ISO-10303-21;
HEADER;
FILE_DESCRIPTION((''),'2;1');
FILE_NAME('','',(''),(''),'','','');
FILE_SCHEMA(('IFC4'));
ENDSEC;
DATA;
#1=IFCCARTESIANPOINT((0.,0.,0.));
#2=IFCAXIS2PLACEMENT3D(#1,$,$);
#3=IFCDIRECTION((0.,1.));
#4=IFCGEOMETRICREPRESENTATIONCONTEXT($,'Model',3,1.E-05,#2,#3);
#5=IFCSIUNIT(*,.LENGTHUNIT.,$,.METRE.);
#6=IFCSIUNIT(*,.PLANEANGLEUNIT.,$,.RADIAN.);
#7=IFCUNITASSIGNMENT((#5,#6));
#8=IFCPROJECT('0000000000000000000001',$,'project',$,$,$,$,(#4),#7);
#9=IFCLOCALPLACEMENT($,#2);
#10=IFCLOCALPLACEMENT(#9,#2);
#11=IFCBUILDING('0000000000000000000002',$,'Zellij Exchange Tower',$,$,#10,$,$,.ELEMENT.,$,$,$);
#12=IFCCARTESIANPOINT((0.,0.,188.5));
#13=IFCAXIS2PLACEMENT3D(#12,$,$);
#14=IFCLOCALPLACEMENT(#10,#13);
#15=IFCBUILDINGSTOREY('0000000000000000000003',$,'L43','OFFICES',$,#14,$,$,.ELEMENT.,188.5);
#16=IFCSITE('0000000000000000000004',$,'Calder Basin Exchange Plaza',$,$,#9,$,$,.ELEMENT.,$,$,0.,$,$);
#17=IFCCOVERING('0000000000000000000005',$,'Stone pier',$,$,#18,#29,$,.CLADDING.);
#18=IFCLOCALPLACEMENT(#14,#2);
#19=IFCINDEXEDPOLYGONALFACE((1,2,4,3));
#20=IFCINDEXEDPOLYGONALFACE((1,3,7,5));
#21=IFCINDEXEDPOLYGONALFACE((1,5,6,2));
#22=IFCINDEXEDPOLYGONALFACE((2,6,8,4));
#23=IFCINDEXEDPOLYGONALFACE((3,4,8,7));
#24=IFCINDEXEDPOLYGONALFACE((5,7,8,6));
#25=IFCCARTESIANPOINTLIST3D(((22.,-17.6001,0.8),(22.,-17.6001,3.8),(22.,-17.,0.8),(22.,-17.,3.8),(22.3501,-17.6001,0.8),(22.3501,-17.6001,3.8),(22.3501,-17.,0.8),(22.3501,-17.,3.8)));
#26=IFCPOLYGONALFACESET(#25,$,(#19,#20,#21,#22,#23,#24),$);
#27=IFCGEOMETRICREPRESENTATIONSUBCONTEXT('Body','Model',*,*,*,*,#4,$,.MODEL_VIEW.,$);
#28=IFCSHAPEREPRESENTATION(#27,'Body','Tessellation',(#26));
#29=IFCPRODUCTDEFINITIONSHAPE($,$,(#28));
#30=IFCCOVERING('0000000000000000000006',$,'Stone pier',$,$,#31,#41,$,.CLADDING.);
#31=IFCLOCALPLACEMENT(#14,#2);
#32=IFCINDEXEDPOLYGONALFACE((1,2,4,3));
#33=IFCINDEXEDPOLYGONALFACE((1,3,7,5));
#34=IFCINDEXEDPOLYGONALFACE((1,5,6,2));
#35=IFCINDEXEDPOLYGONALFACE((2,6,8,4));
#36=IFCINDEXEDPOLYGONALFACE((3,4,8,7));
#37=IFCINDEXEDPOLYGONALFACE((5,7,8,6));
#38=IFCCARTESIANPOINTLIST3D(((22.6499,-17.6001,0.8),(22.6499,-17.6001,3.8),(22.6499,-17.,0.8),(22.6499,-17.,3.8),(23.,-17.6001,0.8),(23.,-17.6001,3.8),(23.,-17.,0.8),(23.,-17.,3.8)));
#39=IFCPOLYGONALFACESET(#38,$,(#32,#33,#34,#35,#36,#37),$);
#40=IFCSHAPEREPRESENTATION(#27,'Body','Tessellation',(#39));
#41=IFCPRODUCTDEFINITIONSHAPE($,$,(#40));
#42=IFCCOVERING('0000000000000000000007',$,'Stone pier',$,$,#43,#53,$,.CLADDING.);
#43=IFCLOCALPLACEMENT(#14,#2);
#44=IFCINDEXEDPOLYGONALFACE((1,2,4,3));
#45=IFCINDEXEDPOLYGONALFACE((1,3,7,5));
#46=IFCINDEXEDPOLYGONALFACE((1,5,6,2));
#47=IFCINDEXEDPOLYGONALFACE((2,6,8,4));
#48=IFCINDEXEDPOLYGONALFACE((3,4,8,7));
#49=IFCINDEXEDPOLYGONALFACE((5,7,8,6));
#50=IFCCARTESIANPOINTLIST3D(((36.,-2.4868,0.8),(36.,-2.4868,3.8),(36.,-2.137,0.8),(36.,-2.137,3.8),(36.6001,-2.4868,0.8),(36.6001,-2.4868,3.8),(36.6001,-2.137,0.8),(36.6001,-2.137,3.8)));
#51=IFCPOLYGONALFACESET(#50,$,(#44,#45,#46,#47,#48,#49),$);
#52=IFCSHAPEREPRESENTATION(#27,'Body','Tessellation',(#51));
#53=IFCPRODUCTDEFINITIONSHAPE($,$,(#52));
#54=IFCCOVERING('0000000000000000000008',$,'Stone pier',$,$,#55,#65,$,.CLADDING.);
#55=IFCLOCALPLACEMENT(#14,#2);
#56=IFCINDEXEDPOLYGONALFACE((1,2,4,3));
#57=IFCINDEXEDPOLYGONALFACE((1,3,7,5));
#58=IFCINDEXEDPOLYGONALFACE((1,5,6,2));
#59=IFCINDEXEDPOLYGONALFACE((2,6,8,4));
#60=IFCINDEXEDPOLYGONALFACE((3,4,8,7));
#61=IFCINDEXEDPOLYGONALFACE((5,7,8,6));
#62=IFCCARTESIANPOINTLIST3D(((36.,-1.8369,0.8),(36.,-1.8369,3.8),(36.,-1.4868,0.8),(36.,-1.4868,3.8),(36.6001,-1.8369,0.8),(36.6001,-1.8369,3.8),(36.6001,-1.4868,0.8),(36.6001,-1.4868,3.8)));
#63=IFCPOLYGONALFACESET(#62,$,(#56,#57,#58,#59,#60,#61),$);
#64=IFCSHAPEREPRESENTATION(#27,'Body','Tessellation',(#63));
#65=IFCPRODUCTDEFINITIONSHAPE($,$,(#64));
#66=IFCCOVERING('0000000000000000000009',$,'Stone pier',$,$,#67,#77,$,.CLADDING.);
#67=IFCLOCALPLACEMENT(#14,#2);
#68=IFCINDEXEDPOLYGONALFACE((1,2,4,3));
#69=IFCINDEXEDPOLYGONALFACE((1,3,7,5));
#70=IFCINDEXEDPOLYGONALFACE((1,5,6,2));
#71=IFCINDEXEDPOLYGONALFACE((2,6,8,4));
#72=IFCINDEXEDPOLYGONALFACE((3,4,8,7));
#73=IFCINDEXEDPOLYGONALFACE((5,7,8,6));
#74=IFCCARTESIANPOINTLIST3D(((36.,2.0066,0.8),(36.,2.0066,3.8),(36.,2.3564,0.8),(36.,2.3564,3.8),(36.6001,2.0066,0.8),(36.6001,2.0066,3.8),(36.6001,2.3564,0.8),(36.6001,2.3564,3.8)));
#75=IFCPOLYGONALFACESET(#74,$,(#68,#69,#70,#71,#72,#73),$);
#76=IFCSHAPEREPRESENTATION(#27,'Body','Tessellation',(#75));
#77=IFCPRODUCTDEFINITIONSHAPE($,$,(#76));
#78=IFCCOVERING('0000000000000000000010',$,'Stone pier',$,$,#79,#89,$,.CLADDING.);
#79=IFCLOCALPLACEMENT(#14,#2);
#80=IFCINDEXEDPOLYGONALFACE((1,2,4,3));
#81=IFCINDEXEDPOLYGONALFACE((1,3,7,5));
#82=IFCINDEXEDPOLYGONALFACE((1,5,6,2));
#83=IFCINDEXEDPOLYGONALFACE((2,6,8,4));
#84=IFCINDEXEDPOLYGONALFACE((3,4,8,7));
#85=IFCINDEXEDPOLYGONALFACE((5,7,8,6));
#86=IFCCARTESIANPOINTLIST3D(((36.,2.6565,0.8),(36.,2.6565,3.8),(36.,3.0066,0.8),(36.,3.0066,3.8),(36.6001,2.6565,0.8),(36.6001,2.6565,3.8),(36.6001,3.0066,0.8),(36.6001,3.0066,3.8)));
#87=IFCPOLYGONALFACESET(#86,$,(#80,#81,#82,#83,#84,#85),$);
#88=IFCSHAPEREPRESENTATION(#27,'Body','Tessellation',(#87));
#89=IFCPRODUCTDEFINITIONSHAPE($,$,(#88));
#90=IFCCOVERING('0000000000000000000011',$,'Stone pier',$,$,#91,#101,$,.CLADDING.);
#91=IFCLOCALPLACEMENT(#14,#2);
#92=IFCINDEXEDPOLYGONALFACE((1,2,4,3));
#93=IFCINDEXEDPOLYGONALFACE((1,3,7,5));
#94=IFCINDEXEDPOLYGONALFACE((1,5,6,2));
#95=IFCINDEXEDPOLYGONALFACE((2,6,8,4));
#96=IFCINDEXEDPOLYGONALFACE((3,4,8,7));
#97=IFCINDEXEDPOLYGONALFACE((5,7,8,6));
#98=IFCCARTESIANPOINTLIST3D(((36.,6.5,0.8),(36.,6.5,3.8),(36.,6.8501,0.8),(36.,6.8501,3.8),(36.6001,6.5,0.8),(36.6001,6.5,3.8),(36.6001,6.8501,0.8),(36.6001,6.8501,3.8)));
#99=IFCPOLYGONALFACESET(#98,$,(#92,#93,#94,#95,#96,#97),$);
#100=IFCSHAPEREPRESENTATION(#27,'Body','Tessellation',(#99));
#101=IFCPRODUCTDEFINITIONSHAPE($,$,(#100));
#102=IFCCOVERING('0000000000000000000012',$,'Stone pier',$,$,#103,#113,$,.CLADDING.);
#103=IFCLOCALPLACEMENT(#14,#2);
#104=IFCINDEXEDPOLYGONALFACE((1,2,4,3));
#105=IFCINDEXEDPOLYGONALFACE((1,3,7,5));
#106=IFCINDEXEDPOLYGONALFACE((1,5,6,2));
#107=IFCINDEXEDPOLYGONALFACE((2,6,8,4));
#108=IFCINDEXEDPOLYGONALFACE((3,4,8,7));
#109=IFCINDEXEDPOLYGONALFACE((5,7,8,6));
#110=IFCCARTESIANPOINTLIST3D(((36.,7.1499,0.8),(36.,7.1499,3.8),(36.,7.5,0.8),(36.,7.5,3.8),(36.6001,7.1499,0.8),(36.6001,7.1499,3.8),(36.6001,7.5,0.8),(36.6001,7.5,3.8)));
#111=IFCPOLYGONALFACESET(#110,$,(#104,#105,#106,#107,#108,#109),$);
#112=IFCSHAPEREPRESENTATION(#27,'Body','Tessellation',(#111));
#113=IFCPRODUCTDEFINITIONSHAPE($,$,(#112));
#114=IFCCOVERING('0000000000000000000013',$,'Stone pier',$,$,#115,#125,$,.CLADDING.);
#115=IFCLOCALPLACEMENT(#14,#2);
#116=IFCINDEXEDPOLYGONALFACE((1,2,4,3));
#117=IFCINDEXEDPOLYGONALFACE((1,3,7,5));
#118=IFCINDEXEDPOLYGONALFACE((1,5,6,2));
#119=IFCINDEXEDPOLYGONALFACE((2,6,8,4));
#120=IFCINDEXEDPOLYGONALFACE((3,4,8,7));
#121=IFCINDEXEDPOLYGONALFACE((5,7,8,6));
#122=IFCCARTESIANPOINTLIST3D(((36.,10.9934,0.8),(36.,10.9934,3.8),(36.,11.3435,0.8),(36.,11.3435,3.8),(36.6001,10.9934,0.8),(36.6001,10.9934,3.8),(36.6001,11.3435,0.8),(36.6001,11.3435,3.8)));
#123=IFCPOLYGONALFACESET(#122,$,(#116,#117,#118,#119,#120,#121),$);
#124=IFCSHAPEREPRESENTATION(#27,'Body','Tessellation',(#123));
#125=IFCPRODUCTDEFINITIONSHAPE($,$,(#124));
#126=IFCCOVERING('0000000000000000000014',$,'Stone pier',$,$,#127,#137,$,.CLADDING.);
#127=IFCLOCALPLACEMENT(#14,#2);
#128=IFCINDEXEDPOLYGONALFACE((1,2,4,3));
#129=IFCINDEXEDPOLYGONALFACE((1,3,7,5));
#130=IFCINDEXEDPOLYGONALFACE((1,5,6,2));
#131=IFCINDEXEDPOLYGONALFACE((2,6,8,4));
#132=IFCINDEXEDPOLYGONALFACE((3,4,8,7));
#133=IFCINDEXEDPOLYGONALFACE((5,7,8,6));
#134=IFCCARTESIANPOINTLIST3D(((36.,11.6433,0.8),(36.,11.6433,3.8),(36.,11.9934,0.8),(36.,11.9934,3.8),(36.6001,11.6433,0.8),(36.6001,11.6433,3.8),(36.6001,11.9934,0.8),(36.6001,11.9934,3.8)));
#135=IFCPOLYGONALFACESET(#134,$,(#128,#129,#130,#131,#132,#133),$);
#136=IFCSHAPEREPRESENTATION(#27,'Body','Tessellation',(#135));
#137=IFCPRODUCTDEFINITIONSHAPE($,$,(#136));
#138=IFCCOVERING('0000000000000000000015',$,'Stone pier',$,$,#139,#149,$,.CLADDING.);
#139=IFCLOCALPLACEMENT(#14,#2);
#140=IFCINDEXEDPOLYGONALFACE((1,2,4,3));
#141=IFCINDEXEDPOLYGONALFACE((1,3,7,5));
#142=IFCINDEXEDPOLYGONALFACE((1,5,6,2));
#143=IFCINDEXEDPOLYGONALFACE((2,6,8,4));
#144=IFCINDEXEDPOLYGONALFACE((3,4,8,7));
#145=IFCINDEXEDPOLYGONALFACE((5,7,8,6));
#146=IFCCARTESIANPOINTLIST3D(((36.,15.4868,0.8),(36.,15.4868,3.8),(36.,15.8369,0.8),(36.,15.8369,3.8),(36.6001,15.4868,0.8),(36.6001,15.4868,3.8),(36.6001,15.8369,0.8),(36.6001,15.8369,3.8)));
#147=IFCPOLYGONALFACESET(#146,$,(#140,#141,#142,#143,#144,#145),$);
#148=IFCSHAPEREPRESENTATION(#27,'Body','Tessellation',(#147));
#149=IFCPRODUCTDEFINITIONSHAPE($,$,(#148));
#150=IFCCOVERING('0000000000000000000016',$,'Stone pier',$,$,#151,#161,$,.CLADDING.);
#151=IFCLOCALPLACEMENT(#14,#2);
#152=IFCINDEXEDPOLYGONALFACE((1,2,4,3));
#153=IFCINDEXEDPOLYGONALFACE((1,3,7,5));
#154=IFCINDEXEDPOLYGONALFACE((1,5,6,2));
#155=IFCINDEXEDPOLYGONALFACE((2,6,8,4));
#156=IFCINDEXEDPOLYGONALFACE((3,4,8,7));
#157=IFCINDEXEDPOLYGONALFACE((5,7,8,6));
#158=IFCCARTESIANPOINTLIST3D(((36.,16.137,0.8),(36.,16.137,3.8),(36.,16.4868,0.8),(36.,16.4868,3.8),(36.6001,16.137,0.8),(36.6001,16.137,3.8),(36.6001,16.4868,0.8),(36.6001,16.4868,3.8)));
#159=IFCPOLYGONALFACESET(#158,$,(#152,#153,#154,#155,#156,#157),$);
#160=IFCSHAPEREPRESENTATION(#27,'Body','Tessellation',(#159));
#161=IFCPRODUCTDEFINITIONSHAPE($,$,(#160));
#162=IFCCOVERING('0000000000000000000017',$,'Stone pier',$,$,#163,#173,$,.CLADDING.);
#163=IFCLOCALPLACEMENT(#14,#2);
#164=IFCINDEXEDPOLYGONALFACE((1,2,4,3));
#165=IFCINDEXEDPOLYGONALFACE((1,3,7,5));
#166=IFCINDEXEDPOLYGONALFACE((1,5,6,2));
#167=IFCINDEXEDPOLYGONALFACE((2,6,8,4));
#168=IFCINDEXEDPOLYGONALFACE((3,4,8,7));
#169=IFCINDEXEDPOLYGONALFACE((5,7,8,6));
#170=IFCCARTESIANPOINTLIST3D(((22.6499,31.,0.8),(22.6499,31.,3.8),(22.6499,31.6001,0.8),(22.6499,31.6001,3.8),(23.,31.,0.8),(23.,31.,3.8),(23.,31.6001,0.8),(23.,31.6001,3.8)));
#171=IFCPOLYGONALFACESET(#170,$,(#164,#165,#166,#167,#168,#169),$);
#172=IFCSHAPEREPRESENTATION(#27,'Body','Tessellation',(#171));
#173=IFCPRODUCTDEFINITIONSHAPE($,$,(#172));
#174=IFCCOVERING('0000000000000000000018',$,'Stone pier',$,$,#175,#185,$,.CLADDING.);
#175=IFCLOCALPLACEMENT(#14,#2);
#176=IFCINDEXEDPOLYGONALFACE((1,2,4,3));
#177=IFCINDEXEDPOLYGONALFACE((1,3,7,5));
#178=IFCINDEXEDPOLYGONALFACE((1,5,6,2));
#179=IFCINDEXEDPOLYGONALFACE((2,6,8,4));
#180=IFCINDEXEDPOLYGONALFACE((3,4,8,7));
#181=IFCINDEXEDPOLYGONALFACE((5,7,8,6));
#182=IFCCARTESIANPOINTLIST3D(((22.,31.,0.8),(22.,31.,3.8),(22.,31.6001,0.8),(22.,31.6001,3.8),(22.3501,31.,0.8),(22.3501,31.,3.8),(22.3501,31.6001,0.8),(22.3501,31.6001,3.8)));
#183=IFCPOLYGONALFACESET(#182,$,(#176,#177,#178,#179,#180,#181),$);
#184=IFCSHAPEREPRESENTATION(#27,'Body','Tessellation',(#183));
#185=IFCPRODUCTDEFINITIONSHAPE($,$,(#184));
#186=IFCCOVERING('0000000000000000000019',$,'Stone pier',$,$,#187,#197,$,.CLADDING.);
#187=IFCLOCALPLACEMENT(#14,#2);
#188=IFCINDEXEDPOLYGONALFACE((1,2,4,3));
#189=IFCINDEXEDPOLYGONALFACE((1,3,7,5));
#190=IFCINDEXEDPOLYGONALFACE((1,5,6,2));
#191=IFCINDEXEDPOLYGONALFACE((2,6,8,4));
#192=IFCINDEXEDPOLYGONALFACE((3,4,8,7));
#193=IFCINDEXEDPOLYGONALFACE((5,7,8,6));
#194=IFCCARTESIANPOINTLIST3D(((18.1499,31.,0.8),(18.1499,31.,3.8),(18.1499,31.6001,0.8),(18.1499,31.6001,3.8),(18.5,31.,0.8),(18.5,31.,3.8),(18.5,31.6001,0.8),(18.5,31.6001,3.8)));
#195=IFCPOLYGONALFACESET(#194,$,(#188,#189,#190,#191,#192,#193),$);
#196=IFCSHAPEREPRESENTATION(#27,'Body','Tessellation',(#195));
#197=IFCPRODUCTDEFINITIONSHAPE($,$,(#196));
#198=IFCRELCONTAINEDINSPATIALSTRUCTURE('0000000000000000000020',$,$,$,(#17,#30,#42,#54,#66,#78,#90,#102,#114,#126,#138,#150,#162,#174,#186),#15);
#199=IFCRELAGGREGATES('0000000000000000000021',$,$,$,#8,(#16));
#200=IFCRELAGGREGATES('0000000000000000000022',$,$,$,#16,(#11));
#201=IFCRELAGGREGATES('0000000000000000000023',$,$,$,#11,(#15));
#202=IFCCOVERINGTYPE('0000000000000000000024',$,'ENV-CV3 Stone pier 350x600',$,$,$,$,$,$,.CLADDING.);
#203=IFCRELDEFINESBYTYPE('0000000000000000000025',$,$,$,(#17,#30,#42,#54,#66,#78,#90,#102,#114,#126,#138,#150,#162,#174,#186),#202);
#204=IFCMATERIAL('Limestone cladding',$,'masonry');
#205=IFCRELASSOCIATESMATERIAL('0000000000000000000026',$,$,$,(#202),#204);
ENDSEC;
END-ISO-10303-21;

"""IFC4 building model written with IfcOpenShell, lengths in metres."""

from ifc_helpers import new_model, si_unit, direction, frame, origin, place, context, subcontext, project, spatial, polyline, outline, extrude, material, type_object, element, save


model = new_model("IFC4")

# Units and contexts
model_context = context("Model", 3, precision=1e-05, world=origin(), true_north=direction((0.0, 1.0)))
body_context = subcontext(model_context, "Body", "Model", "MODEL_VIEW")
ifc_project = project(units=[si_unit("LENGTHUNIT", "METRE"), si_unit("PLANEANGLEUNIT", "RADIAN")], contexts=[model_context])

# Site, building, storey
site_placement = place(None, origin())
site = spatial("IfcSite", under=ifc_project, at=site_placement, Name="Calder Basin Exchange Plaza", CompositionType="ELEMENT", RefElevation=0.0)
building_placement = place(site_placement, origin())
building = spatial("IfcBuilding", under=site, at=building_placement, Name="Zellij Exchange Tower", CompositionType="ELEMENT")
storey_placement = place(building_placement, frame((0.0, 0.0, 188.5)))
storey = spatial("IfcBuildingStorey", under=building, at=storey_placement, Name="L43", Description="OFFICES", CompositionType="ELEMENT", Elevation=188.5)

# Coverings
ifc_material = material(Name="Limestone cladding", Category="masonry")
covering_type = type_object("IfcCoveringType", Name="ENV-CV3 Stone pier 350x600", PredefinedType="CLADDING", material=ifc_material)
covering_1_placement = place(storey_placement, frame((0.0, 0.0, 0.8)))
element("IfcCovering", 1, at=covering_1_placement, inside=storey, type_object=covering_type, Name="Stone pier", PredefinedType="CLADDING", context=body_context, shape_type="SweptSolid", body=[
    extrude(outline(polyline([(22.0, -17.0), (22.3501, -17.0), (22.3501, -17.6001), (22.0, -17.6001), (22.0, -17.0)])), origin(), (0.0, 0.0, 1.0), 3.0),
])
covering_2_placement = place(storey_placement, frame((0.0, 0.0, 0.8)))
element("IfcCovering", 2, at=covering_2_placement, inside=storey, type_object=covering_type, Name="Stone pier", PredefinedType="CLADDING", context=body_context, shape_type="SweptSolid", body=[
    extrude(outline(polyline([(22.6499, -17.0), (23.0, -17.0), (23.0, -17.6001), (22.6499, -17.6001), (22.6499, -17.0)])), origin(), (0.0, 0.0, 1.0), 3.0),
])
covering_3_placement = place(storey_placement, frame((0.0, 0.0, 0.8)))
element("IfcCovering", 3, at=covering_3_placement, inside=storey, type_object=covering_type, Name="Stone pier", PredefinedType="CLADDING", context=body_context, shape_type="SweptSolid", body=[
    extrude(outline(polyline([(36.0, -2.4868), (36.0, -2.137), (36.6001, -2.137), (36.6001, -2.4868), (36.0, -2.4868)])), origin(), (0.0, 0.0, 1.0), 3.0),
])
covering_4_placement = place(storey_placement, frame((0.0, 0.0, 0.8)))
element("IfcCovering", 4, at=covering_4_placement, inside=storey, type_object=covering_type, Name="Stone pier", PredefinedType="CLADDING", context=body_context, shape_type="SweptSolid", body=[
    extrude(outline(polyline([(36.0, -1.8369), (36.0, -1.4868), (36.6001, -1.4868), (36.6001, -1.8369), (36.0, -1.8369)])), origin(), (0.0, 0.0, 1.0), 3.0),
])
covering_5_placement = place(storey_placement, frame((0.0, 0.0, 0.8)))
element("IfcCovering", 5, at=covering_5_placement, inside=storey, type_object=covering_type, Name="Stone pier", PredefinedType="CLADDING", context=body_context, shape_type="SweptSolid", body=[
    extrude(outline(polyline([(36.0, 2.0066), (36.0, 2.3564), (36.6001, 2.3564), (36.6001, 2.0066), (36.0, 2.0066)])), origin(), (0.0, 0.0, 1.0), 3.0),
])
covering_6_placement = place(storey_placement, frame((0.0, 0.0, 0.8)))
element("IfcCovering", 6, at=covering_6_placement, inside=storey, type_object=covering_type, Name="Stone pier", PredefinedType="CLADDING", context=body_context, shape_type="SweptSolid", body=[
    extrude(outline(polyline([(36.0, 2.6565), (36.0, 3.0066), (36.6001, 3.0066), (36.6001, 2.6565), (36.0, 2.6565)])), origin(), (0.0, 0.0, 1.0), 3.0),
])
covering_7_placement = place(storey_placement, frame((0.0, 0.0, 0.8)))
element("IfcCovering", 7, at=covering_7_placement, inside=storey, type_object=covering_type, Name="Stone pier", PredefinedType="CLADDING", context=body_context, shape_type="SweptSolid", body=[
    extrude(outline(polyline([(36.0, 6.5), (36.0, 6.8501), (36.6001, 6.8501), (36.6001, 6.5), (36.0, 6.5)])), origin(), (0.0, 0.0, 1.0), 3.0),
])
covering_8_placement = place(storey_placement, frame((0.0, 0.0, 0.8)))
element("IfcCovering", 8, at=covering_8_placement, inside=storey, type_object=covering_type, Name="Stone pier", PredefinedType="CLADDING", context=body_context, shape_type="SweptSolid", body=[
    extrude(outline(polyline([(36.0, 7.1499), (36.0, 7.5), (36.6001, 7.5), (36.6001, 7.1499), (36.0, 7.1499)])), origin(), (0.0, 0.0, 1.0), 3.0),
])
covering_9_placement = place(storey_placement, frame((0.0, 0.0, 0.8)))
element("IfcCovering", 9, at=covering_9_placement, inside=storey, type_object=covering_type, Name="Stone pier", PredefinedType="CLADDING", context=body_context, shape_type="SweptSolid", body=[
    extrude(outline(polyline([(36.0, 10.9934), (36.0, 11.3435), (36.6001, 11.3435), (36.6001, 10.9934), (36.0, 10.9934)])), origin(), (0.0, 0.0, 1.0), 3.0),
])
covering_10_placement = place(storey_placement, frame((0.0, 0.0, 0.8)))
element("IfcCovering", 10, at=covering_10_placement, inside=storey, type_object=covering_type, Name="Stone pier", PredefinedType="CLADDING", context=body_context, shape_type="SweptSolid", body=[
    extrude(outline(polyline([(36.0, 11.6433), (36.0, 11.9934), (36.6001, 11.9934), (36.6001, 11.6433), (36.0, 11.6433)])), origin(), (0.0, 0.0, 1.0), 3.0),
])
covering_11_placement = place(storey_placement, frame((0.0, 0.0, 0.8)))
element("IfcCovering", 11, at=covering_11_placement, inside=storey, type_object=covering_type, Name="Stone pier", PredefinedType="CLADDING", context=body_context, shape_type="SweptSolid", body=[
    extrude(outline(polyline([(36.0, 15.4868), (36.0, 15.8369), (36.6001, 15.8369), (36.6001, 15.4868), (36.0, 15.4868)])), origin(), (0.0, 0.0, 1.0), 3.0),
])
covering_12_placement = place(storey_placement, frame((0.0, 0.0, 0.8)))
element("IfcCovering", 12, at=covering_12_placement, inside=storey, type_object=covering_type, Name="Stone pier", PredefinedType="CLADDING", context=body_context, shape_type="SweptSolid", body=[
    extrude(outline(polyline([(36.0, 16.137), (36.0, 16.4868), (36.6001, 16.4868), (36.6001, 16.137), (36.0, 16.137)])), origin(), (0.0, 0.0, 1.0), 3.0),
])
covering_13_placement = place(storey_placement, frame((0.0, 0.0, 0.8)))
element("IfcCovering", 13, at=covering_13_placement, inside=storey, type_object=covering_type, Name="Stone pier", PredefinedType="CLADDING", context=body_context, shape_type="SweptSolid", body=[
    extrude(outline(polyline([(23.0, 31.0), (22.6499, 31.0), (22.6499, 31.6001), (23.0, 31.6001), (23.0, 31.0)])), origin(), (0.0, 0.0, 1.0), 3.0),
])
covering_14_placement = place(storey_placement, frame((0.0, 0.0, 0.8)))
element("IfcCovering", 14, at=covering_14_placement, inside=storey, type_object=covering_type, Name="Stone pier", PredefinedType="CLADDING", context=body_context, shape_type="SweptSolid", body=[
    extrude(outline(polyline([(22.3501, 31.0), (22.0, 31.0), (22.0, 31.6001), (22.3501, 31.6001), (22.3501, 31.0)])), origin(), (0.0, 0.0, 1.0), 3.0),
])
covering_15_placement = place(storey_placement, frame((0.0, 0.0, 0.8)))
element("IfcCovering", 15, at=covering_15_placement, inside=storey, type_object=covering_type, Name="Stone pier", PredefinedType="CLADDING", context=body_context, shape_type="SweptSolid", body=[
    extrude(outline(polyline([(18.5, 31.0), (18.1499, 31.0), (18.1499, 31.6001), (18.5, 31.6001), (18.5, 31.0)])), origin(), (0.0, 0.0, 1.0), 3.0),
])

save(model, "model.ifc")
